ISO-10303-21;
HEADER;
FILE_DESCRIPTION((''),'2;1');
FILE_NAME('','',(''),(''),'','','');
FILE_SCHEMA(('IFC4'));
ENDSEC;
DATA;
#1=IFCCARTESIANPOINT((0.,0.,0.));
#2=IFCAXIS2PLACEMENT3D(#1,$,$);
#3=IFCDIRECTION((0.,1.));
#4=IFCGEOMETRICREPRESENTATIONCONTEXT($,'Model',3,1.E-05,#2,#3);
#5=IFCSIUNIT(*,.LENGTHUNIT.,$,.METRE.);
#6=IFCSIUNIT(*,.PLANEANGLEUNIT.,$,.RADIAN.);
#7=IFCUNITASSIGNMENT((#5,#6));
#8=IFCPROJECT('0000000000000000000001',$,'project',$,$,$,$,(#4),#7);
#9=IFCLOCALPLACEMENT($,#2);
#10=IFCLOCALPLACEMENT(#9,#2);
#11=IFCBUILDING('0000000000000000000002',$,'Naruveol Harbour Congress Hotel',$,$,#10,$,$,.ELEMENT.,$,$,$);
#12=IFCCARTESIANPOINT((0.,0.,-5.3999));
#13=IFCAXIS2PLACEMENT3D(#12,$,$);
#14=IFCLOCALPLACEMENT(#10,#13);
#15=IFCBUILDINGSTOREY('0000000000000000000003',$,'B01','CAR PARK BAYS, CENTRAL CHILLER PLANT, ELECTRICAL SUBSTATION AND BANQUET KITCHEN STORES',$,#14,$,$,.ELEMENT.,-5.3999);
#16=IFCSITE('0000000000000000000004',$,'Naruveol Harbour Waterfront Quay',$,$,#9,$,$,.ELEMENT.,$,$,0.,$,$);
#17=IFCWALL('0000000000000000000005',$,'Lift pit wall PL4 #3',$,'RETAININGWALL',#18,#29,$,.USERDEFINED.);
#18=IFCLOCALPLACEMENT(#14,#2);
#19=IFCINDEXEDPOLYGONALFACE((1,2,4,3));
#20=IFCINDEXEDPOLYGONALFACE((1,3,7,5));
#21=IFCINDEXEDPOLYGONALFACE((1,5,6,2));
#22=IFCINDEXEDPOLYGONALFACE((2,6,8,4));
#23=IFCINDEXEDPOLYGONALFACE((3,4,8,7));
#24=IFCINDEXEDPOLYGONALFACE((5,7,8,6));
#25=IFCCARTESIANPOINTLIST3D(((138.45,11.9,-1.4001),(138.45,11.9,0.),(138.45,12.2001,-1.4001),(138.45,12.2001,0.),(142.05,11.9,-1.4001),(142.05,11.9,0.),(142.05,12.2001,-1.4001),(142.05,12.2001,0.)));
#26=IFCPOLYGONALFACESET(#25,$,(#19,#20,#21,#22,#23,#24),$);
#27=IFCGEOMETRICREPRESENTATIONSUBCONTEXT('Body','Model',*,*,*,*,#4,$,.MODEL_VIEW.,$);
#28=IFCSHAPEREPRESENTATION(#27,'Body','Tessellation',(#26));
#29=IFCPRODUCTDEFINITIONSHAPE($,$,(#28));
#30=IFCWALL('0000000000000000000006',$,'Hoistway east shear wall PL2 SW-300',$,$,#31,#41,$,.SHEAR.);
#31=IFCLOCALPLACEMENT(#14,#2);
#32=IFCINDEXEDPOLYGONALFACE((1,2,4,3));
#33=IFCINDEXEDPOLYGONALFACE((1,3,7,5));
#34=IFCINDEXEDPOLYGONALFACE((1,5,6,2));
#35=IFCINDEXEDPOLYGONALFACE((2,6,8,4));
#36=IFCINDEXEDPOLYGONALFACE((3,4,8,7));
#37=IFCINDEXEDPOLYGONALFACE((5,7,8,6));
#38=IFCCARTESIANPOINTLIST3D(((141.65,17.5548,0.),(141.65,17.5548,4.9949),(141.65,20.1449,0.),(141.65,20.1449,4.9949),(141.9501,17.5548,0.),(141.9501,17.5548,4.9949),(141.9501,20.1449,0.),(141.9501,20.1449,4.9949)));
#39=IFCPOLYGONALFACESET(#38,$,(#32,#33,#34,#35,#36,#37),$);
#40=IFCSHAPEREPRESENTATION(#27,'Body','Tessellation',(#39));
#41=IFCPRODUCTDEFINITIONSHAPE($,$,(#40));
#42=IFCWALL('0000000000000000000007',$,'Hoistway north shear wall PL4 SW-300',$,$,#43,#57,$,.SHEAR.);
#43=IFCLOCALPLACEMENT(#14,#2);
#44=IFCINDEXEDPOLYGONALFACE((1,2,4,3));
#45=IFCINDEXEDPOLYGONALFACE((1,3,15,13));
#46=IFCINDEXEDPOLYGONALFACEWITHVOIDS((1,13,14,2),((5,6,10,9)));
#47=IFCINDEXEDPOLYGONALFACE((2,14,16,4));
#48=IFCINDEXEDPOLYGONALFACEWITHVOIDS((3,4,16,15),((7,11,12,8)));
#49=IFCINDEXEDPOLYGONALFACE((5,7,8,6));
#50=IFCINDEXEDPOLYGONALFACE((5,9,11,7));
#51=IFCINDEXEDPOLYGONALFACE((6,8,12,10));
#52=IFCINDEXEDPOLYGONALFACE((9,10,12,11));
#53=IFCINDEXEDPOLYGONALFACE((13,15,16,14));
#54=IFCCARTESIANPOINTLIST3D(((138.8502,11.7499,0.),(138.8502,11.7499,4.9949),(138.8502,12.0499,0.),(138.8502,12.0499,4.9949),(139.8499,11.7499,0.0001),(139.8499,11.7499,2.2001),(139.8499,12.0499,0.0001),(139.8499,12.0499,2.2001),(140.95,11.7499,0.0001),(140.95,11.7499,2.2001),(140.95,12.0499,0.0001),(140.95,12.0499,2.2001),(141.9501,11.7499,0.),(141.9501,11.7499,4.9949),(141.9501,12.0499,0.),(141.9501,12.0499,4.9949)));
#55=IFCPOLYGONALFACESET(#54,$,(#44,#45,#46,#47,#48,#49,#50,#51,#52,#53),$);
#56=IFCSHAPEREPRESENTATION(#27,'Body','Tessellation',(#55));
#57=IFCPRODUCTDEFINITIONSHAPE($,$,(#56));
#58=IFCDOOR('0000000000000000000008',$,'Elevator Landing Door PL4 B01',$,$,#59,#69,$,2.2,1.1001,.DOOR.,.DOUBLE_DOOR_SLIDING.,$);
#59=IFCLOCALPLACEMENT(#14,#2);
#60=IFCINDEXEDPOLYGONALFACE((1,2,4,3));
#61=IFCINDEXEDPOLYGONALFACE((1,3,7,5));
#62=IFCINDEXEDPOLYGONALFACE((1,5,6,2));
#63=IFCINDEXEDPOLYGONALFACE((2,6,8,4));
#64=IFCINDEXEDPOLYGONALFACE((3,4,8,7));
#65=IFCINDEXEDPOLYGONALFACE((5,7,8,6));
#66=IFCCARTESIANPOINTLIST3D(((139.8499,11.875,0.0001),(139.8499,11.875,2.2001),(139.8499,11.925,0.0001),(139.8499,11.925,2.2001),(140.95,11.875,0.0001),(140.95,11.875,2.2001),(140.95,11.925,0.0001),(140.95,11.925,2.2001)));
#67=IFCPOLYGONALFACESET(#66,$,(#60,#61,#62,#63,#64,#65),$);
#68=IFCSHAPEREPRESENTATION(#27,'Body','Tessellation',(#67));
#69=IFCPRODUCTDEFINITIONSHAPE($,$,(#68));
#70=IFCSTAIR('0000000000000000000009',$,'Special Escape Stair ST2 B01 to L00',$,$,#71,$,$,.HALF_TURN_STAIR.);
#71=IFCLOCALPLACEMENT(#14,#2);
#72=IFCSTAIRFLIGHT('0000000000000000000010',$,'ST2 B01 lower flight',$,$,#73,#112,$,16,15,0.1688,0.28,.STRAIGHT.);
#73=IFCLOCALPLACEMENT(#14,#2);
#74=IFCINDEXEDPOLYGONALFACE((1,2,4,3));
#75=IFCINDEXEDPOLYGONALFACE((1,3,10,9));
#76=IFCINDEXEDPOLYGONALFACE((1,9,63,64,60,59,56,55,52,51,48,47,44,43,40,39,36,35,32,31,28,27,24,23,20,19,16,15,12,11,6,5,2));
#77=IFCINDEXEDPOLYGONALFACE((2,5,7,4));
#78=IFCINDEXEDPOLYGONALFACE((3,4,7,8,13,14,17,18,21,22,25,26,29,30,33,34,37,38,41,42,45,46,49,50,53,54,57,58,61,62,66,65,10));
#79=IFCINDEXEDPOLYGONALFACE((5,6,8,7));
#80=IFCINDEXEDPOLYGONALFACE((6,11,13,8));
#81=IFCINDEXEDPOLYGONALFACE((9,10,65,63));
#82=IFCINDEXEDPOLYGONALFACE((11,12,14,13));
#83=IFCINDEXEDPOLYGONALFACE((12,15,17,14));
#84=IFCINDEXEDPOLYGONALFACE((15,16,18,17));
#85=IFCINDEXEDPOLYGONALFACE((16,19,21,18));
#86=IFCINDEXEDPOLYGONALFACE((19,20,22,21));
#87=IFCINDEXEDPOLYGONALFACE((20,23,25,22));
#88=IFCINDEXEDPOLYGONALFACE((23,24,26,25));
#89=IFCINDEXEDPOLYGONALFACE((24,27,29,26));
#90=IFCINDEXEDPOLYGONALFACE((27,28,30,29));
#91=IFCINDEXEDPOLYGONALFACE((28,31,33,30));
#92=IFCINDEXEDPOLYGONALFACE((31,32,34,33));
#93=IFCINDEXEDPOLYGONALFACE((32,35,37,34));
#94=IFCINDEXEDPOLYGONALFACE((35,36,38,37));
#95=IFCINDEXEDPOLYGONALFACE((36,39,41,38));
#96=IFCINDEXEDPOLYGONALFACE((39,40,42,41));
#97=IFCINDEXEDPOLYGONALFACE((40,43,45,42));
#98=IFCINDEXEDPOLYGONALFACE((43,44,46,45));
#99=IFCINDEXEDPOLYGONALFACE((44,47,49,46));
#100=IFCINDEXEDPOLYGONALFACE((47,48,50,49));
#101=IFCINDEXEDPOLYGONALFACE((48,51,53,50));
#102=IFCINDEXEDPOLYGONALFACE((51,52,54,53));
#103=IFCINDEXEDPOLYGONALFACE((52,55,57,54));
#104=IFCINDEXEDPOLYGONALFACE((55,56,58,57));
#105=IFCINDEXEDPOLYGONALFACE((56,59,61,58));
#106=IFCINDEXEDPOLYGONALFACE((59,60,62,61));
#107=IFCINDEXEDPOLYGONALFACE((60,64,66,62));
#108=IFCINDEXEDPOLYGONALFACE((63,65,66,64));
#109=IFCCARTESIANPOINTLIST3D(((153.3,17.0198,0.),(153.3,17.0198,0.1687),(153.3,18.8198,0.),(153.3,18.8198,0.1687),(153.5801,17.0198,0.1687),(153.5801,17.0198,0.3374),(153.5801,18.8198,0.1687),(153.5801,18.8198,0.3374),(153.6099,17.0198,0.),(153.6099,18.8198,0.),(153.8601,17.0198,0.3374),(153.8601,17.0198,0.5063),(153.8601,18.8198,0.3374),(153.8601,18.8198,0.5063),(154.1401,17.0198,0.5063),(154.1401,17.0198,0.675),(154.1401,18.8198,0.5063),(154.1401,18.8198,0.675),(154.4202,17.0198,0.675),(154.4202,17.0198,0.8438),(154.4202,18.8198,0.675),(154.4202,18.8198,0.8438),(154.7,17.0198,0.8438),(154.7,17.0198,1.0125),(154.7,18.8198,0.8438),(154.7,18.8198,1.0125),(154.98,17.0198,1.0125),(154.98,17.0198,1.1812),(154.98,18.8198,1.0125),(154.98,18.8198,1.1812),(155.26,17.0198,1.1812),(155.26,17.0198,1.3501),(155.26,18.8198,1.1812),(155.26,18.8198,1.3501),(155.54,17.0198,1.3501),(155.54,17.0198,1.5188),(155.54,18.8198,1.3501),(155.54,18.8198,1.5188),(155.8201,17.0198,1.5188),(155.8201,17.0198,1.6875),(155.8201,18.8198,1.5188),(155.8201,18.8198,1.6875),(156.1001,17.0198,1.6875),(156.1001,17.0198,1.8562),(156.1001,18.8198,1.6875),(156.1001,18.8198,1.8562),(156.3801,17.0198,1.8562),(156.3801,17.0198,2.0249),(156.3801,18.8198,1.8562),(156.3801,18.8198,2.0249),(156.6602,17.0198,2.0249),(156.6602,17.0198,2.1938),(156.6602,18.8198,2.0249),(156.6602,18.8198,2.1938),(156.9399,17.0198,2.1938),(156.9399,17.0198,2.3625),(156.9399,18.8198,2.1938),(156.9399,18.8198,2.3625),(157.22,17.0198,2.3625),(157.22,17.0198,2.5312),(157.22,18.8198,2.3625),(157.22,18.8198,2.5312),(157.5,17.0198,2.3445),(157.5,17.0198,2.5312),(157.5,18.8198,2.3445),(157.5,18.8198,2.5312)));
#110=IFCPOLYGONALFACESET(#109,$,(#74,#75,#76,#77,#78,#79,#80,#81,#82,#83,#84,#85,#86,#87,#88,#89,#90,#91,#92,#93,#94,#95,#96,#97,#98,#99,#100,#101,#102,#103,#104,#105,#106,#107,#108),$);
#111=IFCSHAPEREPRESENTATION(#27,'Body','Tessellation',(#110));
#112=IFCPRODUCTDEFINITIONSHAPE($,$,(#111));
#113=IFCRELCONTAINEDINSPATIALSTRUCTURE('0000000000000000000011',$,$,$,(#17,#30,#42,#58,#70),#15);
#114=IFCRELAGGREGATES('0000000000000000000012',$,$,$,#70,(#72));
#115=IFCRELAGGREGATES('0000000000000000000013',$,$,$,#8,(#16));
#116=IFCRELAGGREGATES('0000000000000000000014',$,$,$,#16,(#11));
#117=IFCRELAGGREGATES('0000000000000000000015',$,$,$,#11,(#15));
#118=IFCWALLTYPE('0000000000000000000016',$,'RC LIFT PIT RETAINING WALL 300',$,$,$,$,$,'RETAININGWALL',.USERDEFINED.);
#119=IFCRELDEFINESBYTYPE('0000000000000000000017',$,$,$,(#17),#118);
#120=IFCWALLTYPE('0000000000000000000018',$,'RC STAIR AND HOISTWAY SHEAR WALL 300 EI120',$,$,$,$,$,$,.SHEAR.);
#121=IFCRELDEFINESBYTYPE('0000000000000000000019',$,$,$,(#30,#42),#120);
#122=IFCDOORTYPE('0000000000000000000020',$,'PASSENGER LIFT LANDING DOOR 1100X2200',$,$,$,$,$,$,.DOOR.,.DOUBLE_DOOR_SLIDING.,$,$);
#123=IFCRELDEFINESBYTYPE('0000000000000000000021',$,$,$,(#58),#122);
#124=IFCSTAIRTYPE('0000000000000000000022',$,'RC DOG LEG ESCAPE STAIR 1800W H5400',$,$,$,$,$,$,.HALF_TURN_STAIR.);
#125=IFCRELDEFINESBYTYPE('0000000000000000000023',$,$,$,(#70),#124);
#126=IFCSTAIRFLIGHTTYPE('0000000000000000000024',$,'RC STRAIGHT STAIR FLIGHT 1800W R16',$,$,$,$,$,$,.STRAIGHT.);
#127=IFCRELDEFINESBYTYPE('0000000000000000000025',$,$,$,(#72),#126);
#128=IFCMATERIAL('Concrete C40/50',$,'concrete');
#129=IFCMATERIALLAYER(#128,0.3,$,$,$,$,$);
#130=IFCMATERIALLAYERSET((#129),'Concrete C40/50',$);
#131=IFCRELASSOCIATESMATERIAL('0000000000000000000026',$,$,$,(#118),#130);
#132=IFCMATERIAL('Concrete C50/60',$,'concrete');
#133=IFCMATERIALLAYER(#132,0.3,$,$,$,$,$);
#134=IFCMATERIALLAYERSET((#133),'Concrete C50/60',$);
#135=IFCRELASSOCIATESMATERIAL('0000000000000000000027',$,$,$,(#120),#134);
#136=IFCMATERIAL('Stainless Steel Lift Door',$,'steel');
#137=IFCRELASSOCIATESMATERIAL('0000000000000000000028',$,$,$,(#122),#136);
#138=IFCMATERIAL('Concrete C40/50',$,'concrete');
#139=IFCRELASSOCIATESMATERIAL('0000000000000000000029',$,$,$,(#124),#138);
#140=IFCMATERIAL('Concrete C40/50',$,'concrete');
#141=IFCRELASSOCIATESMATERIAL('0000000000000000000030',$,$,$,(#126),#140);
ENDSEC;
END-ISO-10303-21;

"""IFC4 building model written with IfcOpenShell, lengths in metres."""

from ifc_helpers import new_model, si_unit, direction, frame, frame_2d, origin, place, context, subcontext, project, spatial, polyline, rectangle, outline, extrude, material, layer, layer_set, type_object, element, fill, aggregate, save


model = new_model("IFC4")

# Units and contexts
model_context = context("Model", 3, precision=1e-05, world=origin(), true_north=direction((0.0, 1.0)))
body_context = subcontext(model_context, "Body", "Model", "MODEL_VIEW")
ifc_project = project(units=[si_unit("LENGTHUNIT", "METRE"), si_unit("PLANEANGLEUNIT", "RADIAN")], contexts=[model_context])

# Site, building, storey
site_placement = place(None, origin())
site = spatial("IfcSite", under=ifc_project, at=site_placement, Name="Naruveol Harbour Waterfront Quay", CompositionType="ELEMENT", RefElevation=0.0)
building_placement = place(site_placement, origin())
building = spatial("IfcBuilding", under=site, at=building_placement, Name="Naruveol Harbour Congress Hotel", CompositionType="ELEMENT")
storey_placement = place(building_placement, frame((0.0, 0.0, -5.3999)))
storey = spatial("IfcBuildingStorey", under=building, at=storey_placement, Name="B01", Description="CAR PARK BAYS, CENTRAL CHILLER PLANT, ELECTRICAL SUBSTATION AND BANQUET KITCHEN STORES", CompositionType="ELEMENT", Elevation=-5.3999)

# Walls
ifc_material_1 = material(Name="Concrete C40/50", Category="concrete")
ifc_layer_1 = layer(ifc_material_1, 0.3)
ifc_layer_set_1 = layer_set([ifc_layer_1], Name="Concrete C40/50")
wall_type_1 = type_object("IfcWallType", Name="RC LIFT PIT RETAINING WALL 300", ElementType="RETAININGWALL", PredefinedType="USERDEFINED", material=ifc_layer_set_1)
wall_1_placement = place(storey_placement, frame((142.05, 12.05, -1.4001), z_axis=(0.0, 0.0, 1.0), x_axis=(-1.0, 0.0, 0.0)))
element("IfcWall", 1, at=wall_1_placement, inside=storey, type_object=wall_type_1, Name="Lift pit wall PL4 #3", ObjectType="RETAININGWALL", PredefinedType="USERDEFINED", context=body_context, shape_type="SweptSolid", body=[
    extrude(rectangle(XDim=3.6001, YDim=0.3, at=frame_2d((1.8, 0.0))), origin(), (0.0, 0.0, 1.0), 1.4001),
])
ifc_material_2 = material(Name="Concrete C50/60", Category="concrete")
ifc_layer_2 = layer(ifc_material_2, 0.3)
ifc_layer_set_2 = layer_set([ifc_layer_2], Name="Concrete C50/60")
wall_type_2 = type_object("IfcWallType", Name="RC STAIR AND HOISTWAY SHEAR WALL 300 EI120", PredefinedType="SHEAR", material=ifc_layer_set_2)
wall_2_placement = place(storey_placement, frame((141.8, 17.5549, 0.0), z_axis=(0.0, 0.0, 1.0), x_axis=(0.0, 1.0, 0.0)))
element("IfcWall", 2, at=wall_2_placement, inside=storey, type_object=wall_type_2, Name="Hoistway east shear wall PL2 SW-300", PredefinedType="SHEAR", context=body_context, shape_type="SweptSolid", body=[
    extrude(rectangle(XDim=2.5901, YDim=0.3, at=frame_2d((1.2949, 0.0))), origin(), (0.0, 0.0, 1.0), 4.9949),
])

# Wall, opening, door
wall_3_placement = place(storey_placement, frame((141.95, 11.8999, 0.0), z_axis=(0.0, 0.0, 1.0), x_axis=(-1.0, 0.0, 0.0)))
wall_3 = element("IfcWall", 3, at=wall_3_placement, inside=storey, type_object=wall_type_2, Name="Hoistway north shear wall PL4 SW-300", PredefinedType="SHEAR", context=body_context, shape_type="SweptSolid", body=[
    extrude(rectangle(XDim=3.0999, YDim=0.3, at=frame_2d((1.5498, 0.0))), origin(), (0.0, 0.0, 1.0), 4.9949),
])
opening_1_placement = place(wall_3_placement, frame((1.0, 0.0, 0.0)))
opening_1 = element("IfcOpeningElement", 4, at=opening_1_placement, cuts=wall_3, PredefinedType="OPENING", context=body_context, shape_type="SweptSolid", body=[
    extrude(rectangle(XDim=1.1001, YDim=2.2, at=frame_2d((0.55, 1.1001))), frame((0.0, 0.1599, 0.0), z_axis=(0.0, -1.0, 0.0), x_axis=(1.0, 0.0, 0.0)), (0.0, 0.0, 1.0), 0.3201),
])
ifc_material_3 = material(Name="Stainless Steel Lift Door", Category="steel")
door_type_1 = type_object("IfcDoorType", Name="PASSENGER LIFT LANDING DOOR 1100X2200", OperationType="DOUBLE_DOOR_SLIDING", PredefinedType="DOOR", material=ifc_material_3)
door_1_placement = place(opening_1_placement, origin())
door_1 = element("IfcDoor", 5, at=door_1_placement, inside=storey, type_object=door_type_1, Name="Elevator Landing Door PL4 B01", OperationType="DOUBLE_DOOR_SLIDING", OverallHeight=2.2, OverallWidth=1.1001, PredefinedType="DOOR", context=body_context, shape_type="SweptSolid", body=[
    extrude(rectangle(XDim=1.1001, YDim=2.2, at=frame_2d((0.55, 1.1001))), frame((0.0, 0.0249, 0.0), z_axis=(0.0, -1.0, 0.0), x_axis=(1.0, 0.0, 0.0)), (0.0, 0.0, 1.0), 0.05),
])
fill(opening_1, door_1)

# Stair, stair flight
ifc_material_4 = material(Name="Concrete C40/50", Category="concrete")
stair_type = type_object("IfcStairType", Name="RC DOG LEG ESCAPE STAIR 1800W H5400", PredefinedType="HALF_TURN_STAIR", material=ifc_material_4)
stair_placement = place(storey_placement, origin())
stair = element("IfcStair", 6, at=stair_placement, inside=storey, type_object=stair_type, Name="Special Escape Stair ST2 B01 to L00", PredefinedType="HALF_TURN_STAIR")
ifc_material_5 = material(Name="Concrete C40/50", Category="concrete")
stair_flight_type = type_object("IfcStairFlightType", Name="RC STRAIGHT STAIR FLIGHT 1800W R16", PredefinedType="STRAIGHT", material=ifc_material_5)
stair_flight_placement = place(storey_placement, frame((153.3, 17.9199, 0.0), z_axis=(0.0, 0.0, 1.0), x_axis=(1.0, 0.0, 0.0)))
stair_flight = element("IfcStairFlight", 7, at=stair_flight_placement, type_object=stair_flight_type, Name="ST2 B01 lower flight", NumberOfRisers=16, NumberOfTreads=15, PredefinedType="STRAIGHT", RiserHeight=0.1688, TreadLength=0.28, context=body_context, shape_type="SweptSolid", body=[
    extrude(outline(polyline([(0.0, 0.0), (0.0, 0.1687), (0.28, 0.1687), (0.28, 0.3374), (0.5601, 0.3374), (0.5601, 0.5063), (0.8401, 0.5063), (0.8401, 0.675), (1.1201, 0.675), (1.1201, 0.8438), (1.3999, 0.8438), (1.3999, 1.0125), (1.6799, 1.0125), (1.6799, 1.1812), (1.96, 1.1812), (1.96, 1.3501), (2.24, 1.3501), (2.24, 1.5188), (2.52, 1.5188), (2.52, 1.6875), (2.8, 1.6875), (2.8, 1.8562), (3.0801, 1.8562), (3.0801, 2.0249), (3.3601, 2.0249), (3.3601, 2.1938), (3.6399, 2.1938), (3.6399, 2.3625), (3.9199, 2.3625), (3.9199, 2.5312), (4.2, 2.5312), (4.2, 2.7), (4.2, 2.3445), (0.3098, 0.0), (0.0, 0.0)])), frame((0.0, 0.8999, 0.0), z_axis=(0.0, -1.0, 0.0), x_axis=(1.0, 0.0, 0.0)), (0.0, 0.0, 1.0), 1.8),
])
aggregate(stair, [stair_flight])

save(model, "model.ifc")
